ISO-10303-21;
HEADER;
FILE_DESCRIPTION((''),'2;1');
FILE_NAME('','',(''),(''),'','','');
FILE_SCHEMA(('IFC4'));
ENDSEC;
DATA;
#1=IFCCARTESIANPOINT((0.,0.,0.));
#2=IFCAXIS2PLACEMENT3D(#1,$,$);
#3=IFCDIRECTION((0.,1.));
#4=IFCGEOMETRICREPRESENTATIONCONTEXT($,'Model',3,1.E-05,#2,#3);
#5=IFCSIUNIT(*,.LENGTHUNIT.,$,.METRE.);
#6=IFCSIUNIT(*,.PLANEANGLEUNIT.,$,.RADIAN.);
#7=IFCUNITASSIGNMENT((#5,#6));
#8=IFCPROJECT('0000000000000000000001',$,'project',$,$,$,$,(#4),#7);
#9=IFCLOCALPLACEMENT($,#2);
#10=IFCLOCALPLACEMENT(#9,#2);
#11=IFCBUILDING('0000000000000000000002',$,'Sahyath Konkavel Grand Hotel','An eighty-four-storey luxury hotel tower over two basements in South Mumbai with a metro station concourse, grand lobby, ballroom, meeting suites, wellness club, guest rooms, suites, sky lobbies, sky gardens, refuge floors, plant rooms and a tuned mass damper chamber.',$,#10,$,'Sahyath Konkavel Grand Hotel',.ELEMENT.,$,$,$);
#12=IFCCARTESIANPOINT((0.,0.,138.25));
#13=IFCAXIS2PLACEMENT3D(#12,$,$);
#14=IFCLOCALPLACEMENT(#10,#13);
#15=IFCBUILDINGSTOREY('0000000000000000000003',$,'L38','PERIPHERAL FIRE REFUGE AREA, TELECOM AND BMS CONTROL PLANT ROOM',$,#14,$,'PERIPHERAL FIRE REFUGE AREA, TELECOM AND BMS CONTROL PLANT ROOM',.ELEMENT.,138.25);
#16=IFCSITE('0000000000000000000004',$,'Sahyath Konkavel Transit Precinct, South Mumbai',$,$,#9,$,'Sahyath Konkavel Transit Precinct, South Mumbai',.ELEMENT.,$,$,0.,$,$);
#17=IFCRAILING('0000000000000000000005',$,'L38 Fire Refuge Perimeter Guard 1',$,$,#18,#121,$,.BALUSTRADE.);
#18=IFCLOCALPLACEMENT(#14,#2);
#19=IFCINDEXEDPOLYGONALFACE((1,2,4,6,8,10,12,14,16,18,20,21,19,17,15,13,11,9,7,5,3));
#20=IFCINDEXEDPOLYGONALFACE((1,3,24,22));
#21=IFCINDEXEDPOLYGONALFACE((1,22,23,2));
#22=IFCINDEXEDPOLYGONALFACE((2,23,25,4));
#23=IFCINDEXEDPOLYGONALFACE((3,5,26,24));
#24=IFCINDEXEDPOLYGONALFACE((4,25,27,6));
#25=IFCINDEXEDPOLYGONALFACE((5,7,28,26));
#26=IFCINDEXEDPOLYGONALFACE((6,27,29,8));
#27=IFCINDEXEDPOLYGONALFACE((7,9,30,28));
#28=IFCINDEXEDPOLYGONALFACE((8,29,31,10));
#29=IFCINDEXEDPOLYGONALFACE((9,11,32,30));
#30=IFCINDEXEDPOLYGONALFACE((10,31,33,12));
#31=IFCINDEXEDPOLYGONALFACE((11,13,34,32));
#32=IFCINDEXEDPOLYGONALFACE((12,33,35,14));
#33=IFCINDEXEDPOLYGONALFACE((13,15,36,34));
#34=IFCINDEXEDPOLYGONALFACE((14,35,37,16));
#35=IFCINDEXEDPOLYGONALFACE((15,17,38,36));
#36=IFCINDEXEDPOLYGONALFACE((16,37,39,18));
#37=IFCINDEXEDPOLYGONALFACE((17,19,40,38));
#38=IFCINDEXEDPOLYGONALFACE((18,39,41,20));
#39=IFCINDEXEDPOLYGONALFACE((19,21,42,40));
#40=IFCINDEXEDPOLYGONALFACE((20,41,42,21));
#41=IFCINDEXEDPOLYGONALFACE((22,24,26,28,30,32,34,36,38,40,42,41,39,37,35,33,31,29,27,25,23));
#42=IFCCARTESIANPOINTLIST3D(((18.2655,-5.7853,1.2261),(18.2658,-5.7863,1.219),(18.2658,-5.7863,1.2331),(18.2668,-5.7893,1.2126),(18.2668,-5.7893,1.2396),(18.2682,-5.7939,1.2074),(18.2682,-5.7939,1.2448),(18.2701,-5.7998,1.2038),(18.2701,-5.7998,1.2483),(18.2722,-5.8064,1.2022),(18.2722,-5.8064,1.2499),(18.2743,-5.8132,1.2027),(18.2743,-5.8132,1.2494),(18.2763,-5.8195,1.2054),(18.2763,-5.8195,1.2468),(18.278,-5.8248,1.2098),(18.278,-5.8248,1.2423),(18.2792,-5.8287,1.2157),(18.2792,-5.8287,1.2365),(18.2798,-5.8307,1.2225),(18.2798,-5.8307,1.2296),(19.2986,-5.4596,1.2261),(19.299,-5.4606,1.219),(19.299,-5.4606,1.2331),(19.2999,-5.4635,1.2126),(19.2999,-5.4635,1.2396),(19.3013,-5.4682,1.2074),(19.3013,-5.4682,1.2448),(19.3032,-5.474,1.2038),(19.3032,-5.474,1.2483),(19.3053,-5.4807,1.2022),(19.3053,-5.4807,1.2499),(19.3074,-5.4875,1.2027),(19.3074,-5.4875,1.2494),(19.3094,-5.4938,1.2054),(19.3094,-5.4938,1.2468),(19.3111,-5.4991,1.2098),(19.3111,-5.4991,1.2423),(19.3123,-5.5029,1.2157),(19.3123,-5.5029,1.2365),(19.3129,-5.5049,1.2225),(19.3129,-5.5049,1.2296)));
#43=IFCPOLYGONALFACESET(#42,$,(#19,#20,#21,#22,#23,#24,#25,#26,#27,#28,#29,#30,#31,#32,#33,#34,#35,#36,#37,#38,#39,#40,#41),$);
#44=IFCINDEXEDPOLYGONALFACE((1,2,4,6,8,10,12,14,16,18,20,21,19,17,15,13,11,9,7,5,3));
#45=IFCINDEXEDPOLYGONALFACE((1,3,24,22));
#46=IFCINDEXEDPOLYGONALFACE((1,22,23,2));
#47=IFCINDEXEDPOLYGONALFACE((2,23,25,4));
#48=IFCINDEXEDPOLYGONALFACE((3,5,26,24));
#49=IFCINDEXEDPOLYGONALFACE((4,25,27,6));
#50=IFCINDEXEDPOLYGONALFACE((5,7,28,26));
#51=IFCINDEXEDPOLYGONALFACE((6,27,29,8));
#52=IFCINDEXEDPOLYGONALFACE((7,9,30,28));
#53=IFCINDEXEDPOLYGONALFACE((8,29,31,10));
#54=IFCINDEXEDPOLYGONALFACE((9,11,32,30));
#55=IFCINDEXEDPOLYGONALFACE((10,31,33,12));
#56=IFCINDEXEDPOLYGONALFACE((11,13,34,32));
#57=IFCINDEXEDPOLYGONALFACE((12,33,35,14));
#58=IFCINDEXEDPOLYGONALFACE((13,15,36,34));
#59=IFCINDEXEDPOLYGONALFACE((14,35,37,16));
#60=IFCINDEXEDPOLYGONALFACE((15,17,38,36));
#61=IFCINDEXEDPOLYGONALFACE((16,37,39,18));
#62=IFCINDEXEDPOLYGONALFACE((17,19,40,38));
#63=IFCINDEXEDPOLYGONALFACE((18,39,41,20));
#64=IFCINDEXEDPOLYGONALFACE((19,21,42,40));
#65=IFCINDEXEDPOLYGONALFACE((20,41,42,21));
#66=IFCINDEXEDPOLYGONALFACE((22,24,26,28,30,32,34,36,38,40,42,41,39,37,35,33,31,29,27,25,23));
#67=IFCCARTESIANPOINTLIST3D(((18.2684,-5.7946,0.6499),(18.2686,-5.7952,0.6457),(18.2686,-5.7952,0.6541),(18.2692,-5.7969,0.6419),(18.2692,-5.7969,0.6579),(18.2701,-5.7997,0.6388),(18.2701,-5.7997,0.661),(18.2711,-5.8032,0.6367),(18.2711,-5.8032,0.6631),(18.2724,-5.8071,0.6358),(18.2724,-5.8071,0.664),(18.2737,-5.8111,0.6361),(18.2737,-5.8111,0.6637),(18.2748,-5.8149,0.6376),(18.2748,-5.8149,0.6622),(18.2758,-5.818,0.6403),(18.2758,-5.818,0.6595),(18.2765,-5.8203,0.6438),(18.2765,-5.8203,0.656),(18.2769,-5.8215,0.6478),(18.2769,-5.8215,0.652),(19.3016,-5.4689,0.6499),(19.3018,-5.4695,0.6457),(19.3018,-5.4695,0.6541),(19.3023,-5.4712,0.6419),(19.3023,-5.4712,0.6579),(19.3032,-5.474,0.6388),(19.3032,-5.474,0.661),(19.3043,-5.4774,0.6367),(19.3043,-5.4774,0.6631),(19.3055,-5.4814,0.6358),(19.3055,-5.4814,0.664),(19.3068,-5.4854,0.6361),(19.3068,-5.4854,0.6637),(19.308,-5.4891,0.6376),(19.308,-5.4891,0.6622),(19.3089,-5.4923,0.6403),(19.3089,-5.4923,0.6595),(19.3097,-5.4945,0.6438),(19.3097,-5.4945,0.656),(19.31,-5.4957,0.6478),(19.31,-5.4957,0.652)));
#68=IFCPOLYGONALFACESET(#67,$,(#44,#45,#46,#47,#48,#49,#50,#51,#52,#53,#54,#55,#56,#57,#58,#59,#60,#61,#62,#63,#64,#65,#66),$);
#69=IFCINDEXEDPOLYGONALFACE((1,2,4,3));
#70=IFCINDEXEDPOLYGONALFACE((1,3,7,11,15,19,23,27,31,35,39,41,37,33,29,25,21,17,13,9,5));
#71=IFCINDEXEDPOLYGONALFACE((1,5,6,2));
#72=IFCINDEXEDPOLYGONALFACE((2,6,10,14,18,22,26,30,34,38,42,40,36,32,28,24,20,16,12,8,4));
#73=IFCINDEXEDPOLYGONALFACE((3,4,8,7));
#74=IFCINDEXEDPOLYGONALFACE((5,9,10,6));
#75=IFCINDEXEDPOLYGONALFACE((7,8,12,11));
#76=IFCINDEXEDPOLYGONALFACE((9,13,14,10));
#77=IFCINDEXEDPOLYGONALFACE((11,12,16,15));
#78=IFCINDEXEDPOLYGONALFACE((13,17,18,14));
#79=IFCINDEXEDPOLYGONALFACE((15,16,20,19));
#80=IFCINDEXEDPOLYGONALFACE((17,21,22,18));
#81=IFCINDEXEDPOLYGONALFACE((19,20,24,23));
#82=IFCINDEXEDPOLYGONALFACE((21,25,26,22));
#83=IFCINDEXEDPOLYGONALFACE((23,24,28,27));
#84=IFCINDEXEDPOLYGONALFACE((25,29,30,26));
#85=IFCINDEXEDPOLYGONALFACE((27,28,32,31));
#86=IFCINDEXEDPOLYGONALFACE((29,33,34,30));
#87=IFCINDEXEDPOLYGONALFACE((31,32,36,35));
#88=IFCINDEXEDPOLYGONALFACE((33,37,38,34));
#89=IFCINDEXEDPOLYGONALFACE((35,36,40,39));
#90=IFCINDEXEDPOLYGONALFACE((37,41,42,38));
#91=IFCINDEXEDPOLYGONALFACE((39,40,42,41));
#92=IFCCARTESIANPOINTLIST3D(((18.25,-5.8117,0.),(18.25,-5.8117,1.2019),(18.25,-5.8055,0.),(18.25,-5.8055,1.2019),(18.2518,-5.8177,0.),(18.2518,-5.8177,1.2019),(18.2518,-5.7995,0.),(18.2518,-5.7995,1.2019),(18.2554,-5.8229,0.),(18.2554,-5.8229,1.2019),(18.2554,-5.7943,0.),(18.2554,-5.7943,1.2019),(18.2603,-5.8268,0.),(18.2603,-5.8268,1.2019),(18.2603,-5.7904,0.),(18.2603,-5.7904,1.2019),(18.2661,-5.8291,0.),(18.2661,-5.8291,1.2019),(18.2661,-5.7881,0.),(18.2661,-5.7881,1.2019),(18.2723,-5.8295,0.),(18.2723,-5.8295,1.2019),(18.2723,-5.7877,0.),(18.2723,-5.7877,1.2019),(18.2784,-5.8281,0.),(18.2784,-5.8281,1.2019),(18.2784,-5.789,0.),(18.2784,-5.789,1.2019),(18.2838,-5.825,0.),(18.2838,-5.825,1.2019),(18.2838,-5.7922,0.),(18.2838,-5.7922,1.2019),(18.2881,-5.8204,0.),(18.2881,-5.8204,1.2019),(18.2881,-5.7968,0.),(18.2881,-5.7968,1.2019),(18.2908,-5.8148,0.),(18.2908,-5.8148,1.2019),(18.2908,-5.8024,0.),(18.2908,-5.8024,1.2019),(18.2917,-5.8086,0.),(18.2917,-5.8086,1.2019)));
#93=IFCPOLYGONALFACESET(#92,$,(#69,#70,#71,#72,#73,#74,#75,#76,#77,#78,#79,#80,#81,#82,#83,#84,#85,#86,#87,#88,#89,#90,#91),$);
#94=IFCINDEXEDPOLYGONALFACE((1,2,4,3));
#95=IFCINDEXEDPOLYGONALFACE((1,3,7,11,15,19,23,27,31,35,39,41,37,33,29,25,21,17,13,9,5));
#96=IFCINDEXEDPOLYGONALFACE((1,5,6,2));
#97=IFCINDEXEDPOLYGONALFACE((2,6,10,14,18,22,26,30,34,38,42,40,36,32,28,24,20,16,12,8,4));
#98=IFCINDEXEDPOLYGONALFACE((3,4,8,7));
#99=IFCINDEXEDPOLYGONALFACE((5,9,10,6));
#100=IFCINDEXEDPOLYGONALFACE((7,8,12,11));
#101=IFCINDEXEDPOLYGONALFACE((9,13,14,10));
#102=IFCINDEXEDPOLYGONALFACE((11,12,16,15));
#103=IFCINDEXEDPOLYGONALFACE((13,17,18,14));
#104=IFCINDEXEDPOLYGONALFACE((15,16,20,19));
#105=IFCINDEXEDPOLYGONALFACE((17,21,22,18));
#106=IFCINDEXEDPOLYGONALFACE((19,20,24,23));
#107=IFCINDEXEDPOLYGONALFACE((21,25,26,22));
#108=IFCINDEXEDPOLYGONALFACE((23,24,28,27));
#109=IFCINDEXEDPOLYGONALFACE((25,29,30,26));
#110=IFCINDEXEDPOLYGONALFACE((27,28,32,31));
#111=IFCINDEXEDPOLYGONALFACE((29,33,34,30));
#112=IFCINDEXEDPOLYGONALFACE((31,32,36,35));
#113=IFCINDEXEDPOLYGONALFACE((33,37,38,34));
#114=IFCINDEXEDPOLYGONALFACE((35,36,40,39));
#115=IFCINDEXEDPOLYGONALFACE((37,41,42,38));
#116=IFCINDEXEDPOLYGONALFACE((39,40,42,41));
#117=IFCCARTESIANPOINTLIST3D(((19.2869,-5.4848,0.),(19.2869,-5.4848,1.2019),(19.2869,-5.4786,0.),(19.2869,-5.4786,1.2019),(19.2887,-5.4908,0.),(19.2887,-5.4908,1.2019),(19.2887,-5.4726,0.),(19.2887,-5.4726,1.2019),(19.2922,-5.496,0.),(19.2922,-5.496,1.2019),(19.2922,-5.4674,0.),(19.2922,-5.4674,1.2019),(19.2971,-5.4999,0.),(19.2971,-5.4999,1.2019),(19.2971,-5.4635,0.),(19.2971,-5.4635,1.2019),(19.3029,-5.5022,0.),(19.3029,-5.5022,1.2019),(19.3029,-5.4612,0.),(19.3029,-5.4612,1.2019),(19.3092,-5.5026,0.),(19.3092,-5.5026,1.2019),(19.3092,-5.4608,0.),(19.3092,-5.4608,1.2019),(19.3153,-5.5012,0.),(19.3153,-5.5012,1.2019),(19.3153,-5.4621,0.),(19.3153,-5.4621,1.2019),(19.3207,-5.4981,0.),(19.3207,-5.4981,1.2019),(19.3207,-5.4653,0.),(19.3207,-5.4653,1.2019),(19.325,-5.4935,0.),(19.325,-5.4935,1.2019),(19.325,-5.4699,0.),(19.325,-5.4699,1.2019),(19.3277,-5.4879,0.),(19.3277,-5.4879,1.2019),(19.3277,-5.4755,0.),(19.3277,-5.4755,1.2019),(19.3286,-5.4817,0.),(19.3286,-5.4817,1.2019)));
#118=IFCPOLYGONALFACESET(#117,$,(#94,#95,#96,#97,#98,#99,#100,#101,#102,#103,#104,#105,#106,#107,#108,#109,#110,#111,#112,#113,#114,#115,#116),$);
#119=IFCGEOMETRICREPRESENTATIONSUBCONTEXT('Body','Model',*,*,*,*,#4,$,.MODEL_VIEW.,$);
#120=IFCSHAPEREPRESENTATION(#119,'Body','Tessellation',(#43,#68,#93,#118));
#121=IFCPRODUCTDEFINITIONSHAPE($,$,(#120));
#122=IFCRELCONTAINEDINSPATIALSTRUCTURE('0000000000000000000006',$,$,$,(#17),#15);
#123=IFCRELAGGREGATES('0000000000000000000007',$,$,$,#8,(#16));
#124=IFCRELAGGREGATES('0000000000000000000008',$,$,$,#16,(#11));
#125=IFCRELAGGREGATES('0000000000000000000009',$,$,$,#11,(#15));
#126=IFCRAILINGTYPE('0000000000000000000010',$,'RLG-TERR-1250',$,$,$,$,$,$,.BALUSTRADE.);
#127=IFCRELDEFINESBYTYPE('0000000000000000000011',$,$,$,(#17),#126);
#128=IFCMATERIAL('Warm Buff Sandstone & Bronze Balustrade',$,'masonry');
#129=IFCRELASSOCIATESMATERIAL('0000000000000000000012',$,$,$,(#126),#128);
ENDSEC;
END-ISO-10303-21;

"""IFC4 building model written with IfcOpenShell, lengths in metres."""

from ifc_helpers import new_model, si_unit, direction, frame, origin, origin_2d, place, context, subcontext, project, spatial, circle, extrude, material, type_object, element, save


model = new_model("IFC4")

# Units and contexts
model_context = context("Model", 3, precision=1e-05, world=origin(), true_north=direction((0.0, 1.0)))
body_context = subcontext(model_context, "Body", "Model", "MODEL_VIEW")
ifc_project = project(units=[si_unit("LENGTHUNIT", "METRE"), si_unit("PLANEANGLEUNIT", "RADIAN")], contexts=[model_context])

# Site, building, storey
site_placement = place(None, origin())
site = spatial("IfcSite", under=ifc_project, at=site_placement, Name="Sahyath Konkavel Transit Precinct, South Mumbai", LongName="Sahyath Konkavel Transit Precinct, South Mumbai", CompositionType="ELEMENT", RefElevation=0.0)
building_placement = place(site_placement, origin())
building = spatial("IfcBuilding", under=site, at=building_placement, Name="Sahyath Konkavel Grand Hotel", Description="An eighty-four-storey luxury hotel tower over two basements in South Mumbai with a metro station concourse, grand lobby, ballroom, meeting suites, wellness club, guest rooms, suites, sky lobbies, sky gardens, refuge floors, plant rooms and a tuned mass damper chamber.", LongName="Sahyath Konkavel Grand Hotel", CompositionType="ELEMENT")
storey_placement = place(building_placement, frame((0.0, 0.0, 138.25)))
storey = spatial("IfcBuildingStorey", under=building, at=storey_placement, Name="L38", Description="PERIPHERAL FIRE REFUGE AREA, TELECOM AND BMS CONTROL PLANT ROOM", LongName="PERIPHERAL FIRE REFUGE AREA, TELECOM AND BMS CONTROL PLANT ROOM", CompositionType="ELEMENT", Elevation=138.25)

# Railing
ifc_material_1 = material(Name="Warm Buff Sandstone & Bronze Balustrade", Category="masonry")
railing_type = type_object("IfcRailingType", Name="RLG-TERR-1250", PredefinedType="BALUSTRADE", material=ifc_material_1)
railing_1_placement = place(storey_placement, frame((18.2708, -5.8086, 0.0)))
element("IfcRailing", 1, at=railing_1_placement, inside=storey, type_object=railing_type, Name="L38 Fire Refuge Perimeter Guard 1", PredefinedType="BALUSTRADE", context=body_context, shape_type="SweptSolid", body=[
    extrude(circle(Radius=0.0239, at=origin_2d()), frame((0.002, 0.0005, 1.2261), z_axis=(0.953722, 0.300691, 0.0), x_axis=(-0.300691, 0.953722, 0.0)), (0.0, 0.0, 1.0), 1.0833),
    extrude(circle(Radius=0.0142, at=origin_2d()), frame((0.002, 0.0005, 0.6499), z_axis=(0.953722, 0.300691, 0.0), x_axis=(-0.300691, 0.953722, 0.0)), (0.0, 0.0, 1.0), 1.0833),
    extrude(circle(Radius=0.021, at=origin_2d()), origin(), (0.0, 0.0, 1.0), 1.2019),
    extrude(circle(Radius=0.021, at=origin_2d()), frame((1.0369, 0.3269, 0.0)), (0.0, 0.0, 1.0), 1.2019),
])

save(model, "model.ifc")
